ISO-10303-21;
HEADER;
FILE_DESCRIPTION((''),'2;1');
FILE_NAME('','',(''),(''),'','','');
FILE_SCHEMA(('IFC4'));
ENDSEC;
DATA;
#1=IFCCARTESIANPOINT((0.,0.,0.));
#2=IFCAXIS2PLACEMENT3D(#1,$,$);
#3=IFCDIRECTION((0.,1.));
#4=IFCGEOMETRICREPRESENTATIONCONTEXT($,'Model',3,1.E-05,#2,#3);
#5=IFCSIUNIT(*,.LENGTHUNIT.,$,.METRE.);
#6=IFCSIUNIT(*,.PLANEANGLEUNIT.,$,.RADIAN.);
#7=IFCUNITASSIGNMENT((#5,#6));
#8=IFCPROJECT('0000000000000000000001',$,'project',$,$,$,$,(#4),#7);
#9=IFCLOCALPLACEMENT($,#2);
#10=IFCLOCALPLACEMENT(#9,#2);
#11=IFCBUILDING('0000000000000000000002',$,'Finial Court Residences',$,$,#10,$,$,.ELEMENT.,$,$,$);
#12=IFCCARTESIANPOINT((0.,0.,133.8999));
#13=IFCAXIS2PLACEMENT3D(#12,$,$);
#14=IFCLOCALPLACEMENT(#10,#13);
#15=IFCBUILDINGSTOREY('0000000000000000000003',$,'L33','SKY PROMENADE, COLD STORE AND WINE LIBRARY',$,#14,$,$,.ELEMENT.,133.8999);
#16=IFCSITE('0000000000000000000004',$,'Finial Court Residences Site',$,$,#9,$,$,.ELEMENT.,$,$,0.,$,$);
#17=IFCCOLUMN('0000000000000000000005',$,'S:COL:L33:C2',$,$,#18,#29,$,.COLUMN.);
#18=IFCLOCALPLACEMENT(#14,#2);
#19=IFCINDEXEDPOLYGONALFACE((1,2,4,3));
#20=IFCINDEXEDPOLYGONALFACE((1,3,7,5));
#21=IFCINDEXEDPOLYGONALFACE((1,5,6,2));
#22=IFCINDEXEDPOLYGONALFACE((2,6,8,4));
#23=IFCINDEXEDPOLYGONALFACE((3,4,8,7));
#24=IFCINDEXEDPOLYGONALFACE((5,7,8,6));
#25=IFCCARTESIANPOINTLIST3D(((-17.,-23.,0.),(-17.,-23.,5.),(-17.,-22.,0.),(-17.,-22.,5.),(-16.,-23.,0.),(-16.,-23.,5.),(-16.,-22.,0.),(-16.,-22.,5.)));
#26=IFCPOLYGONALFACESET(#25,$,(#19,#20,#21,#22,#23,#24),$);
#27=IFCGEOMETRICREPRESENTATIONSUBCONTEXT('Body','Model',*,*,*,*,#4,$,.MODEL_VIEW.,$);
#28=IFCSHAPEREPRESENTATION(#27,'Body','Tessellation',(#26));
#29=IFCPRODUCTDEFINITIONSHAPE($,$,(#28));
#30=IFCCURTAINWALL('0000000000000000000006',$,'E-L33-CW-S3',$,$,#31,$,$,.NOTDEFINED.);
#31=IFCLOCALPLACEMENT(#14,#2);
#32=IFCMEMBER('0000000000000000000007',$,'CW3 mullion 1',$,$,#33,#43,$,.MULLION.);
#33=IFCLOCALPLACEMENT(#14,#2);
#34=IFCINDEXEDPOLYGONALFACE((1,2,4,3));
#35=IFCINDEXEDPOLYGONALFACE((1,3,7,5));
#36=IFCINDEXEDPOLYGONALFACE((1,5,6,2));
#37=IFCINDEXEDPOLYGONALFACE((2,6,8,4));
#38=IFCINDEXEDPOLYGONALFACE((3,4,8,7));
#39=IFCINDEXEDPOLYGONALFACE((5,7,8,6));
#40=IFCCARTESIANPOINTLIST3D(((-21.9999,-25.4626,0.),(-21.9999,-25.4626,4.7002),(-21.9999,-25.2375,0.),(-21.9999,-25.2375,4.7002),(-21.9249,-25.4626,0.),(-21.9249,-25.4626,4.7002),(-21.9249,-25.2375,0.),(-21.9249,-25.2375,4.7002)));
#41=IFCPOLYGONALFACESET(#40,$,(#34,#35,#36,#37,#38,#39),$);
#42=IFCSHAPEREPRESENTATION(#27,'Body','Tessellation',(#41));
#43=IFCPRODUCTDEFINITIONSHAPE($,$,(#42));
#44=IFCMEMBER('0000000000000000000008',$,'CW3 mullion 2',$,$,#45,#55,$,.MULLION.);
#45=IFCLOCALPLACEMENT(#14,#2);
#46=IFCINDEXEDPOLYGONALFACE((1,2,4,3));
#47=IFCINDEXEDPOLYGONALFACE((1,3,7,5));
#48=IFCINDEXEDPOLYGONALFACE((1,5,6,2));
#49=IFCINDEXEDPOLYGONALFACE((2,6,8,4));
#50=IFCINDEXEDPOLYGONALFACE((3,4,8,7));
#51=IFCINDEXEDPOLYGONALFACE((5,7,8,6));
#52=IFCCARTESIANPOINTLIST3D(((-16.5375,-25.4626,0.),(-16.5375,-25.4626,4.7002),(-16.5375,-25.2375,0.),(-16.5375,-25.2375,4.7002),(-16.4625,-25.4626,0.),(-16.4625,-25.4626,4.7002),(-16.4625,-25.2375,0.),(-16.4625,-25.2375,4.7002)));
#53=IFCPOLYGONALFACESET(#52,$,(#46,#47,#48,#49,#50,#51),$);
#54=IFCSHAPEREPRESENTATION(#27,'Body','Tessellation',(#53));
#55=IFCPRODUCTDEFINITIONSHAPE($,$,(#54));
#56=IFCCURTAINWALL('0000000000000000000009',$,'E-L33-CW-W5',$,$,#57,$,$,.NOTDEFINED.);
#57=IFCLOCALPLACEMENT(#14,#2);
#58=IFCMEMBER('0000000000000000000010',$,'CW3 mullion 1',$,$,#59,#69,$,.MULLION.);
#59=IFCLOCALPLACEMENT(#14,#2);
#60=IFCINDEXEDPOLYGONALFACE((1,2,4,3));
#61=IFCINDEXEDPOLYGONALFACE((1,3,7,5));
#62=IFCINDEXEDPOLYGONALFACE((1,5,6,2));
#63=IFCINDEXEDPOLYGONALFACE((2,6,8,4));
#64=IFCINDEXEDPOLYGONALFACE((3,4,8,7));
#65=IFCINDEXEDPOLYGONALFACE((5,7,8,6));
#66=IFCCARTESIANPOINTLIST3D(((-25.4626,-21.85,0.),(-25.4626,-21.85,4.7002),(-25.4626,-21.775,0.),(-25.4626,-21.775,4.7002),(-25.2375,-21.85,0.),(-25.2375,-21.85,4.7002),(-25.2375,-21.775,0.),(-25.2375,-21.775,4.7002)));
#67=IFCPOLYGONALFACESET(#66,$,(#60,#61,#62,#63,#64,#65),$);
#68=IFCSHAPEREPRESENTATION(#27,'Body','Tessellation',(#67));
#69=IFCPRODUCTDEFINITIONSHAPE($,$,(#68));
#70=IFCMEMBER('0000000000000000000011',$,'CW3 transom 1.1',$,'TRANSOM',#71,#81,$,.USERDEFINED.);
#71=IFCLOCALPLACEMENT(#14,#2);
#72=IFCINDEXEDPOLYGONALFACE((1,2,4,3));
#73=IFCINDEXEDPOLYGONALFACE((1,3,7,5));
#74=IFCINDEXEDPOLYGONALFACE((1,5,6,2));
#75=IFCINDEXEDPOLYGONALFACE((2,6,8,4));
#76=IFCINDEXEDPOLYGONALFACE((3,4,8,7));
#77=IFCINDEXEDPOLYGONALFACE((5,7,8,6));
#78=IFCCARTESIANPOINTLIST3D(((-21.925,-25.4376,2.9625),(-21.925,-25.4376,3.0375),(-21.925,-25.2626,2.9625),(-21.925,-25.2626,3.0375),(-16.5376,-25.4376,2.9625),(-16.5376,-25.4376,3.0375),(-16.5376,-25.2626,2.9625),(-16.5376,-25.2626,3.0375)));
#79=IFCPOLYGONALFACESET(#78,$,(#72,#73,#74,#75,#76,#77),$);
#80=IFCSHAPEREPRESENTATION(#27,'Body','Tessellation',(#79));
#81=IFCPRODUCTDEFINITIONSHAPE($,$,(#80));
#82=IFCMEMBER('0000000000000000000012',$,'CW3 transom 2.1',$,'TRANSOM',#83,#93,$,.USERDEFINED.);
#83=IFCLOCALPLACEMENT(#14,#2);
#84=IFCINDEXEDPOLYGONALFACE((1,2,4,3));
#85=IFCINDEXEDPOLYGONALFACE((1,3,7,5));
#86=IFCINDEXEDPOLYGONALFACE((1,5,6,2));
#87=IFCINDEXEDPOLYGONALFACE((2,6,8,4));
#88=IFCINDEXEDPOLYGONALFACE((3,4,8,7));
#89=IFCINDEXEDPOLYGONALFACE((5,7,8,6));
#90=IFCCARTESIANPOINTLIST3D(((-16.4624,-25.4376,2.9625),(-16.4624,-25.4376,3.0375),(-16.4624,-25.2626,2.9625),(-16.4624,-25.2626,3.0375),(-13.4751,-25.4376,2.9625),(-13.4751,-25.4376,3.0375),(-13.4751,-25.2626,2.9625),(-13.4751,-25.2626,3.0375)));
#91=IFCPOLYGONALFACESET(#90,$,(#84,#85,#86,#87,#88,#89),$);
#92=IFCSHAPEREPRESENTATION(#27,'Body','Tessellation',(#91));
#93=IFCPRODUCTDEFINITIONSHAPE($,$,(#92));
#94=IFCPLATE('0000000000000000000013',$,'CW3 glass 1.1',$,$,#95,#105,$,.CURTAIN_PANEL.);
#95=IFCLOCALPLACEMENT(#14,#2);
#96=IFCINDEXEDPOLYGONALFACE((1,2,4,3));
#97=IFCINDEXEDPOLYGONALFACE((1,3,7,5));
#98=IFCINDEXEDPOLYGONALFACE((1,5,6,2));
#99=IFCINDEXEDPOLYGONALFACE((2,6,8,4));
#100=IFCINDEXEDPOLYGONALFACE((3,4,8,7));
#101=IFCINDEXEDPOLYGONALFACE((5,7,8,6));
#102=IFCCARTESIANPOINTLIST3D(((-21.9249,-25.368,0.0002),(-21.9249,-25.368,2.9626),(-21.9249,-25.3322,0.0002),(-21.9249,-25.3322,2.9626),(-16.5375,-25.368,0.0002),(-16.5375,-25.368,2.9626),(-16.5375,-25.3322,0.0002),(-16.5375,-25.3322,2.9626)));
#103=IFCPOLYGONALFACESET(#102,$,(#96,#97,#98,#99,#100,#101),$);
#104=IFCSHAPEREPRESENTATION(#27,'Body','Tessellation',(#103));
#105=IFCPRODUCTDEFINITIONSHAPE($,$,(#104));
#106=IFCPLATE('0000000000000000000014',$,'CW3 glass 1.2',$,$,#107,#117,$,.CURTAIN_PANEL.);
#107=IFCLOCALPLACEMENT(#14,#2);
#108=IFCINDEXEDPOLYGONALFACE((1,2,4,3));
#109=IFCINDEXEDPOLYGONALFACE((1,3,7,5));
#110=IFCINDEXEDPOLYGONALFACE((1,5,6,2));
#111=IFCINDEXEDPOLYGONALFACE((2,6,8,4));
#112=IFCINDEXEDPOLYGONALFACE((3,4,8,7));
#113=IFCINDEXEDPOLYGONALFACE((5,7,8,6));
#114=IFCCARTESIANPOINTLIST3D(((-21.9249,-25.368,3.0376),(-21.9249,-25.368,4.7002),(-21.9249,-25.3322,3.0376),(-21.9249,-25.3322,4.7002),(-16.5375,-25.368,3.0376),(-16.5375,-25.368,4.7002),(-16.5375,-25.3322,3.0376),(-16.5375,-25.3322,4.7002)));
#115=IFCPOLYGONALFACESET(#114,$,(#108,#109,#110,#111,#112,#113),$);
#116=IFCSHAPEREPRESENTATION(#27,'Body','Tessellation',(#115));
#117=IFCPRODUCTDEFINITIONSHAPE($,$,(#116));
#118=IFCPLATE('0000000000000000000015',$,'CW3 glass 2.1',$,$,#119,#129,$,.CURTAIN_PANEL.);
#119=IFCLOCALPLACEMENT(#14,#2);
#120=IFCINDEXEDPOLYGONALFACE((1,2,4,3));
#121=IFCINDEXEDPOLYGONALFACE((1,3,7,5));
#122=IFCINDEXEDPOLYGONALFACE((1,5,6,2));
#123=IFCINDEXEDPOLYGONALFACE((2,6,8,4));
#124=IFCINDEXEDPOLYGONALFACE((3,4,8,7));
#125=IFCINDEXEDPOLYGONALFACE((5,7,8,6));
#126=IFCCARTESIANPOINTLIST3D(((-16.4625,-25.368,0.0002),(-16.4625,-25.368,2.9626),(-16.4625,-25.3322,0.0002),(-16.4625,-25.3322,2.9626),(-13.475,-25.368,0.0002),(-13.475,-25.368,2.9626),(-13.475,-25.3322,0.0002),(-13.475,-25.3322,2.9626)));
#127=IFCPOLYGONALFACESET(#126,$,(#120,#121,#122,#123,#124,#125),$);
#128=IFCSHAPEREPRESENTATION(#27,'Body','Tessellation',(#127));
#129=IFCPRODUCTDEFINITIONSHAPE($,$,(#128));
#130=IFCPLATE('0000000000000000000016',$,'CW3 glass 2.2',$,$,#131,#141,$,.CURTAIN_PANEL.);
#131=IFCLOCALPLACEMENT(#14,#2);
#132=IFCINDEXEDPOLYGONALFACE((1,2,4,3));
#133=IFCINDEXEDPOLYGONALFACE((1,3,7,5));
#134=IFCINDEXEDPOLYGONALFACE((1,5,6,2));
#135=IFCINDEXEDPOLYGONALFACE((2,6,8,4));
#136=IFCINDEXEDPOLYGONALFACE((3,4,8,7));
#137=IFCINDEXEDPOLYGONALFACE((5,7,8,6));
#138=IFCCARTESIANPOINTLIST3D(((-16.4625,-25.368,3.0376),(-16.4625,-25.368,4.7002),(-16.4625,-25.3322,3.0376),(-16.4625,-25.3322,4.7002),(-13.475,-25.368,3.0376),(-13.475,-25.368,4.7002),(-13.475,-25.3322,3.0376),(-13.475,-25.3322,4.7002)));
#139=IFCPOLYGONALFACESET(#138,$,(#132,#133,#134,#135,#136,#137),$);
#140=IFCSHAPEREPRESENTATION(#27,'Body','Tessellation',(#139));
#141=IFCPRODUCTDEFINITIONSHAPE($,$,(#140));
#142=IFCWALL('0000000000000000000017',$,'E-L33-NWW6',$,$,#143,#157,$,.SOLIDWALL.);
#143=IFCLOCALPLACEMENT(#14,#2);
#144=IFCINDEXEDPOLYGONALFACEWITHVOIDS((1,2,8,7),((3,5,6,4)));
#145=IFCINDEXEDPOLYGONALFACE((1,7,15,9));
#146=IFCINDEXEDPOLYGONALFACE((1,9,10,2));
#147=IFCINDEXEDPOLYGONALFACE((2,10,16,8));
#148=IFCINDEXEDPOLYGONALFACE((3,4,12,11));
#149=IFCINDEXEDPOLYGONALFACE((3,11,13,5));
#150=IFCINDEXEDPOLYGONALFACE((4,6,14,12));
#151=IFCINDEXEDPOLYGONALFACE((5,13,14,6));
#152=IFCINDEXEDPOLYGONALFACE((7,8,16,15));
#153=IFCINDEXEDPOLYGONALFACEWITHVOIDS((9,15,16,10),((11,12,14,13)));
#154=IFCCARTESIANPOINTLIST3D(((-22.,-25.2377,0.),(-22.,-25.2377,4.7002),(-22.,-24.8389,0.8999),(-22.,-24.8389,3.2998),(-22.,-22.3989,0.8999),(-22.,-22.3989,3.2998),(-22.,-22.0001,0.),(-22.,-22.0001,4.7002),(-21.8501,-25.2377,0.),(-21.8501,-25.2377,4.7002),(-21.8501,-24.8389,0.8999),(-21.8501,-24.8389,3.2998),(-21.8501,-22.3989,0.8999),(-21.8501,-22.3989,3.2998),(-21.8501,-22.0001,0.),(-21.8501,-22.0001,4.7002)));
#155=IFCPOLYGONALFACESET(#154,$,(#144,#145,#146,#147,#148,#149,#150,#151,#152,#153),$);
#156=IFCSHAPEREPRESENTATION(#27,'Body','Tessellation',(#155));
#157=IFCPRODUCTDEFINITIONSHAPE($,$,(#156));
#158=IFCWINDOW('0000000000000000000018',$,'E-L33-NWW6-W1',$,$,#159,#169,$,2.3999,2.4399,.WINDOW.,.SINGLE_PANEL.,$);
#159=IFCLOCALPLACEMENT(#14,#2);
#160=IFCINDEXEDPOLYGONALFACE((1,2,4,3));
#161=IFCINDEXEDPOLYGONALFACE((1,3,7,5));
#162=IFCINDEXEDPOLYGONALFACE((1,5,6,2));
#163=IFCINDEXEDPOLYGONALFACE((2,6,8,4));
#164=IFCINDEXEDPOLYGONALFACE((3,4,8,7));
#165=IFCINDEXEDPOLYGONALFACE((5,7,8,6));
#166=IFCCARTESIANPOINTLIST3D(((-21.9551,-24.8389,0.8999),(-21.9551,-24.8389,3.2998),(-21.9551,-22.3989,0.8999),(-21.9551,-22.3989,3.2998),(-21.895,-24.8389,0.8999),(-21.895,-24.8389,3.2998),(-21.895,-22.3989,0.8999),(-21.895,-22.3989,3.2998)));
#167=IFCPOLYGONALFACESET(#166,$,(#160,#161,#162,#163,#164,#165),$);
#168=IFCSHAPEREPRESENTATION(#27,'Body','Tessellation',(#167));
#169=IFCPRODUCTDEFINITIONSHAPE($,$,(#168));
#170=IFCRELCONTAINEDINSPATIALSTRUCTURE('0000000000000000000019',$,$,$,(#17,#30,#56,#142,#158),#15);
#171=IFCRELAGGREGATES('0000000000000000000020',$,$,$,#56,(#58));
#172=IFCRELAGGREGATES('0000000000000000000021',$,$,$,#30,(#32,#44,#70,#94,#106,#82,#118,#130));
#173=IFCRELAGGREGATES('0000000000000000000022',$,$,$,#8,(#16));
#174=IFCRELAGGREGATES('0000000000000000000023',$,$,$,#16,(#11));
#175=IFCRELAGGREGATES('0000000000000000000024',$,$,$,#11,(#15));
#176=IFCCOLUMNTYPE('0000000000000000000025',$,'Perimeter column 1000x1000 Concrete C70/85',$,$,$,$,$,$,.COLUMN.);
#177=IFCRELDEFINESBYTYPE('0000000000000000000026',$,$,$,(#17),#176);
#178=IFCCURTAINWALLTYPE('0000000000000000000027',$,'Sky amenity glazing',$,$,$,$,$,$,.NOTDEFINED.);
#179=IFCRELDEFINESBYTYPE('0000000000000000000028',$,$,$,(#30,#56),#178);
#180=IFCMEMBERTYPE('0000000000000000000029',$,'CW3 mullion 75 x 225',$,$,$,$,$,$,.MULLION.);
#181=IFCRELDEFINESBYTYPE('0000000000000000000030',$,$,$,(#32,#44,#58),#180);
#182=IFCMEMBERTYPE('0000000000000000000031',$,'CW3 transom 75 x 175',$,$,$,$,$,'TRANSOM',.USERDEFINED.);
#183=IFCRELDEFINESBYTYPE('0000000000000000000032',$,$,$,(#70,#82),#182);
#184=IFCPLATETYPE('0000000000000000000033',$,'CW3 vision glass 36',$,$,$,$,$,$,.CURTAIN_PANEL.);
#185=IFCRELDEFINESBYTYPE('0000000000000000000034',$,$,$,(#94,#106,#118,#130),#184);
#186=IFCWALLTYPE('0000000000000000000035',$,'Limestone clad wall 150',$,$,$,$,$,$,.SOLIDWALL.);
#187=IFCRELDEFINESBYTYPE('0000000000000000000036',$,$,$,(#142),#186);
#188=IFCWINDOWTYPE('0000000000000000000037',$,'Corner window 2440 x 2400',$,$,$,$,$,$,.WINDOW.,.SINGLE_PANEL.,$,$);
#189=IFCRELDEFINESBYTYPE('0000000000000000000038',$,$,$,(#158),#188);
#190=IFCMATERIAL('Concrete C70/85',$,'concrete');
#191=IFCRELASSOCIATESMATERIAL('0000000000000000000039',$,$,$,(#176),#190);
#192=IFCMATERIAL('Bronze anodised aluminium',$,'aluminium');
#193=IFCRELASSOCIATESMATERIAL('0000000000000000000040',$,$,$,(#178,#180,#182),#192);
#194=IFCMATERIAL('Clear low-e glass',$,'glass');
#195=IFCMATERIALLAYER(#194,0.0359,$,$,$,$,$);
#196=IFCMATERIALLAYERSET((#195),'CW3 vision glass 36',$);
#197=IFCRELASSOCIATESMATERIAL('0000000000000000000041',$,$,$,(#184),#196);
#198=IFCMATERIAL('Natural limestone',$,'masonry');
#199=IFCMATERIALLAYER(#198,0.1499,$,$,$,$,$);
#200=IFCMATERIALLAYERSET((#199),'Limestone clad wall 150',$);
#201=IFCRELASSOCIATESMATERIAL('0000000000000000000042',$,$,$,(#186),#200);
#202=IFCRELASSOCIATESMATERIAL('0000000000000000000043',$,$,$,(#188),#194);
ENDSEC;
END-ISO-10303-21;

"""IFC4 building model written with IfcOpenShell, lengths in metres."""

from ifc_helpers import new_model, si_unit, direction, frame, frame_2d, origin, origin_2d, place, context, subcontext, project, spatial, rectangle, extrude, material, layer, layer_set, material_profile, profile_set, type_object, element, fill, aggregate, save


model = new_model("IFC4")

# Units and contexts
model_context = context("Model", 3, precision=1e-05, world=origin(), true_north=direction((0.0, 1.0)))
body_context = subcontext(model_context, "Body", "Model", "MODEL_VIEW")
ifc_project = project(units=[si_unit("LENGTHUNIT", "METRE"), si_unit("PLANEANGLEUNIT", "RADIAN")], contexts=[model_context])

# Site, building, storey
site_placement = place(None, origin())
site = spatial("IfcSite", under=ifc_project, at=site_placement, Name="Finial Court Residences Site", CompositionType="ELEMENT", RefElevation=0.0)
building_placement = place(site_placement, origin())
building = spatial("IfcBuilding", under=site, at=building_placement, Name="Finial Court Residences", CompositionType="ELEMENT")
storey_placement = place(building_placement, frame((0.0, 0.0, 133.8999)))
storey = spatial("IfcBuildingStorey", under=building, at=storey_placement, Name="L33", Description="SKY PROMENADE, COLD STORE AND WINE LIBRARY", CompositionType="ELEMENT", Elevation=133.8999)

# Column
ifc_material_1 = material(Name="Concrete C70/85", Category="concrete")
ifc_material_profile_1 = material_profile(ifc_material_1, rectangle(XDim=1.0, YDim=1.0, at=origin_2d()), Name="1000x1000")
ifc_profile_set_1 = profile_set([ifc_material_profile_1], Name="Concrete C70/85")
column_type = type_object("IfcColumnType", Name="Perimeter column 1000x1000 Concrete C70/85", PredefinedType="COLUMN", material=ifc_profile_set_1)
column_placement = place(storey_placement, frame((-16.5, -22.5, 0.0), z_axis=(0.0, 0.0, 1.0), x_axis=(1.0, 0.0, 0.0)))
element("IfcColumn", 1, at=column_placement, inside=storey, type_object=column_type, Name="S:COL:L33:C2", PredefinedType="COLUMN", context=body_context, shape_type="SweptSolid", body=[
    extrude(rectangle(XDim=1.0, YDim=1.0, at=origin_2d()), origin(), (0.0, 0.0, 1.0), 5.0),
])

# Curtain wall, members
ifc_material_2 = material(Name="Bronze anodised aluminium", Category="aluminium")
curtain_wall_type = type_object("IfcCurtainWallType", Name="Sky amenity glazing", PredefinedType="NOTDEFINED", material=ifc_material_2)
curtain_wall_1_placement = place(storey_placement, origin())
curtain_wall_1 = element("IfcCurtainWall", 2, at=curtain_wall_1_placement, inside=storey, type_object=curtain_wall_type, Name="E-L33-CW-S3", PredefinedType="NOTDEFINED")
ifc_material_profile_2 = material_profile(ifc_material_2, rectangle(XDim=0.2251, YDim=0.075, at=origin_2d()), Name="CW3 mullion 75 x 225")
ifc_profile_set_2 = profile_set([ifc_material_profile_2], Name="Bronze anodised aluminium")
member_type_1 = type_object("IfcMemberType", Name="CW3 mullion 75 x 225", PredefinedType="MULLION", material=ifc_profile_set_2)
member_1_placement = place(storey_placement, frame((-21.9624, -25.3501, 0.0), z_axis=(0.0, 0.0, 1.0), x_axis=(0.0, 1.0, 0.0)))
member_1 = element("IfcMember", 3, at=member_1_placement, type_object=member_type_1, Name="CW3 mullion 1", PredefinedType="MULLION", context=body_context, shape_type="SweptSolid", body=[
    extrude(rectangle(XDim=0.2251, YDim=0.075, at=origin_2d()), origin(), (0.0, 0.0, 1.0), 4.7002),
])
member_2_placement = place(storey_placement, frame((-16.5, -25.3501, 0.0), z_axis=(0.0, 0.0, 1.0), x_axis=(0.0, 1.0, 0.0)))
member_2 = element("IfcMember", 4, at=member_2_placement, type_object=member_type_1, Name="CW3 mullion 2", PredefinedType="MULLION", context=body_context, shape_type="SweptSolid", body=[
    extrude(rectangle(XDim=0.2251, YDim=0.075, at=origin_2d()), origin(), (0.0, 0.0, 1.0), 4.7002),
])

# Curtain wall, member
curtain_wall_2_placement = place(storey_placement, origin())
curtain_wall_2 = element("IfcCurtainWall", 5, at=curtain_wall_2_placement, inside=storey, type_object=curtain_wall_type, Name="E-L33-CW-W5", PredefinedType="NOTDEFINED")
member_3_placement = place(storey_placement, frame((-25.3501, -21.8125, 0.0), z_axis=(0.0, 0.0, 1.0), x_axis=(-1.0, 0.0, 0.0)))
member_3 = element("IfcMember", 6, at=member_3_placement, type_object=member_type_1, Name="CW3 mullion 1", PredefinedType="MULLION", context=body_context, shape_type="SweptSolid", body=[
    extrude(rectangle(XDim=0.2251, YDim=0.075, at=origin_2d()), origin(), (0.0, 0.0, 1.0), 4.7002),
])
aggregate(curtain_wall_2, [member_3])

# Members
ifc_material_profile_3 = material_profile(ifc_material_2, rectangle(XDim=0.175, YDim=0.075, at=origin_2d()), Name="CW3 transom 75 x 175")
ifc_profile_set_3 = profile_set([ifc_material_profile_3], Name="Bronze anodised aluminium")
member_type_2 = type_object("IfcMemberType", Name="CW3 transom 75 x 175", ElementType="TRANSOM", PredefinedType="USERDEFINED", material=ifc_profile_set_3)
member_4_placement = place(storey_placement, frame((-21.925, -25.3501, 3.0), z_axis=(1.0, 0.0, 0.0), x_axis=(0.0, 1.0, 0.0)))
member_4 = element("IfcMember", 7, at=member_4_placement, type_object=member_type_2, Name="CW3 transom 1.1", ObjectType="TRANSOM", PredefinedType="USERDEFINED", context=body_context, shape_type="SweptSolid", body=[
    extrude(rectangle(XDim=0.175, YDim=0.075, at=origin_2d()), origin(), (0.0, 0.0, 1.0), 5.3875),
])
member_5_placement = place(storey_placement, frame((-16.4624, -25.3501, 3.0), z_axis=(1.0, 0.0, 0.0), x_axis=(0.0, 1.0, 0.0)))
member_5 = element("IfcMember", 8, at=member_5_placement, type_object=member_type_2, Name="CW3 transom 2.1", ObjectType="TRANSOM", PredefinedType="USERDEFINED", context=body_context, shape_type="SweptSolid", body=[
    extrude(rectangle(XDim=0.175, YDim=0.075, at=origin_2d()), origin(), (0.0, 0.0, 1.0), 2.9873),
])

# Plates
ifc_material_3 = material(Name="Clear low-e glass", Category="glass")
ifc_layer_1 = layer(ifc_material_3, 0.0359)
ifc_layer_set_1 = layer_set([ifc_layer_1], Name="CW3 vision glass 36")
plate_type = type_object("IfcPlateType", Name="CW3 vision glass 36", PredefinedType="CURTAIN_PANEL", material=ifc_layer_set_1)
plate_1_placement = place(storey_placement, frame((-19.2312, -25.3501, 0.0002), z_axis=(0.0, 0.0, 1.0), x_axis=(1.0, 0.0, 0.0)))
plate_1 = element("IfcPlate", 9, at=plate_1_placement, type_object=plate_type, Name="CW3 glass 1.1", PredefinedType="CURTAIN_PANEL", context=body_context, shape_type="SweptSolid", body=[
    extrude(rectangle(XDim=5.3875, YDim=0.0359, at=origin_2d()), origin(), (0.0, 0.0, 1.0), 2.9624),
])
plate_2_placement = place(storey_placement, frame((-19.2312, -25.3501, 3.0376), z_axis=(0.0, 0.0, 1.0), x_axis=(1.0, 0.0, 0.0)))
plate_2 = element("IfcPlate", 10, at=plate_2_placement, type_object=plate_type, Name="CW3 glass 1.2", PredefinedType="CURTAIN_PANEL", context=body_context, shape_type="SweptSolid", body=[
    extrude(rectangle(XDim=5.3875, YDim=0.0359, at=origin_2d()), origin(), (0.0, 0.0, 1.0), 1.6626),
])
plate_3_placement = place(storey_placement, frame((-14.9688, -25.3501, 0.0002), z_axis=(0.0, 0.0, 1.0), x_axis=(1.0, 0.0, 0.0)))
plate_3 = element("IfcPlate", 11, at=plate_3_placement, type_object=plate_type, Name="CW3 glass 2.1", PredefinedType="CURTAIN_PANEL", context=body_context, shape_type="SweptSolid", body=[
    extrude(rectangle(XDim=2.9875, YDim=0.0359, at=origin_2d()), origin(), (0.0, 0.0, 1.0), 2.9624),
])
plate_4_placement = place(storey_placement, frame((-14.9688, -25.3501, 3.0376), z_axis=(0.0, 0.0, 1.0), x_axis=(1.0, 0.0, 0.0)))
plate_4 = element("IfcPlate", 12, at=plate_4_placement, type_object=plate_type, Name="CW3 glass 2.2", PredefinedType="CURTAIN_PANEL", context=body_context, shape_type="SweptSolid", body=[
    extrude(rectangle(XDim=2.9875, YDim=0.0359, at=origin_2d()), origin(), (0.0, 0.0, 1.0), 1.6626),
])
aggregate(curtain_wall_1, [member_1, member_2, member_4, plate_1, plate_2, member_5, plate_3, plate_4])

# Wall, opening, window
ifc_material_4 = material(Name="Natural limestone", Category="masonry")
ifc_layer_2 = layer(ifc_material_4, 0.1499)
ifc_layer_set_2 = layer_set([ifc_layer_2], Name="Limestone clad wall 150")
wall_type = type_object("IfcWallType", Name="Limestone clad wall 150", PredefinedType="SOLIDWALL", material=ifc_layer_set_2)
wall_1_placement = place(storey_placement, frame((-21.925, -25.2375, 0.0), z_axis=(0.0, 0.0, 1.0), x_axis=(0.0, 1.0, 0.0)))
wall_1 = element("IfcWall", 13, at=wall_1_placement, inside=storey, type_object=wall_type, Name="E-L33-NWW6", PredefinedType="SOLIDWALL", context=body_context, shape_type="SweptSolid", body=[
    extrude(rectangle(XDim=3.2375, YDim=0.1499, at=frame_2d((1.6187, 0.0))), origin(), (0.0, 0.0, 1.0), 4.7002),
])
opening_1_placement = place(wall_1_placement, frame((0.3987, 0.0, 0.8999)))
opening_1 = element("IfcOpeningElement", 14, at=opening_1_placement, cuts=wall_1, PredefinedType="OPENING", context=body_context, shape_type="SweptSolid", body=[
    extrude(rectangle(XDim=2.4399, YDim=2.3999, at=frame_2d((1.22, 1.2))), frame((0.0, 0.085, 0.0), z_axis=(0.0, -1.0, 0.0), x_axis=(1.0, 0.0, 0.0)), (0.0, 0.0, 1.0), 0.1699),
])
window_type_1 = type_object("IfcWindowType", Name="Corner window 2440 x 2400", PartitioningType="SINGLE_PANEL", PredefinedType="WINDOW", material=ifc_material_3)
window_1_placement = place(opening_1_placement, origin())
window_1 = element("IfcWindow", 15, at=window_1_placement, inside=storey, type_object=window_type_1, Name="E-L33-NWW6-W1", OverallHeight=2.3999, OverallWidth=2.4399, PartitioningType="SINGLE_PANEL", PredefinedType="WINDOW", context=body_context, shape_type="SweptSolid", body=[
    extrude(rectangle(XDim=2.4399, YDim=2.3999, at=frame_2d((1.22, 1.2))), frame((0.0, 0.03, 0.0), z_axis=(0.0, -1.0, 0.0), x_axis=(1.0, 0.0, 0.0)), (0.0, 0.0, 1.0), 0.0601),
])
fill(opening_1, window_1)

save(model, "model.ifc")
